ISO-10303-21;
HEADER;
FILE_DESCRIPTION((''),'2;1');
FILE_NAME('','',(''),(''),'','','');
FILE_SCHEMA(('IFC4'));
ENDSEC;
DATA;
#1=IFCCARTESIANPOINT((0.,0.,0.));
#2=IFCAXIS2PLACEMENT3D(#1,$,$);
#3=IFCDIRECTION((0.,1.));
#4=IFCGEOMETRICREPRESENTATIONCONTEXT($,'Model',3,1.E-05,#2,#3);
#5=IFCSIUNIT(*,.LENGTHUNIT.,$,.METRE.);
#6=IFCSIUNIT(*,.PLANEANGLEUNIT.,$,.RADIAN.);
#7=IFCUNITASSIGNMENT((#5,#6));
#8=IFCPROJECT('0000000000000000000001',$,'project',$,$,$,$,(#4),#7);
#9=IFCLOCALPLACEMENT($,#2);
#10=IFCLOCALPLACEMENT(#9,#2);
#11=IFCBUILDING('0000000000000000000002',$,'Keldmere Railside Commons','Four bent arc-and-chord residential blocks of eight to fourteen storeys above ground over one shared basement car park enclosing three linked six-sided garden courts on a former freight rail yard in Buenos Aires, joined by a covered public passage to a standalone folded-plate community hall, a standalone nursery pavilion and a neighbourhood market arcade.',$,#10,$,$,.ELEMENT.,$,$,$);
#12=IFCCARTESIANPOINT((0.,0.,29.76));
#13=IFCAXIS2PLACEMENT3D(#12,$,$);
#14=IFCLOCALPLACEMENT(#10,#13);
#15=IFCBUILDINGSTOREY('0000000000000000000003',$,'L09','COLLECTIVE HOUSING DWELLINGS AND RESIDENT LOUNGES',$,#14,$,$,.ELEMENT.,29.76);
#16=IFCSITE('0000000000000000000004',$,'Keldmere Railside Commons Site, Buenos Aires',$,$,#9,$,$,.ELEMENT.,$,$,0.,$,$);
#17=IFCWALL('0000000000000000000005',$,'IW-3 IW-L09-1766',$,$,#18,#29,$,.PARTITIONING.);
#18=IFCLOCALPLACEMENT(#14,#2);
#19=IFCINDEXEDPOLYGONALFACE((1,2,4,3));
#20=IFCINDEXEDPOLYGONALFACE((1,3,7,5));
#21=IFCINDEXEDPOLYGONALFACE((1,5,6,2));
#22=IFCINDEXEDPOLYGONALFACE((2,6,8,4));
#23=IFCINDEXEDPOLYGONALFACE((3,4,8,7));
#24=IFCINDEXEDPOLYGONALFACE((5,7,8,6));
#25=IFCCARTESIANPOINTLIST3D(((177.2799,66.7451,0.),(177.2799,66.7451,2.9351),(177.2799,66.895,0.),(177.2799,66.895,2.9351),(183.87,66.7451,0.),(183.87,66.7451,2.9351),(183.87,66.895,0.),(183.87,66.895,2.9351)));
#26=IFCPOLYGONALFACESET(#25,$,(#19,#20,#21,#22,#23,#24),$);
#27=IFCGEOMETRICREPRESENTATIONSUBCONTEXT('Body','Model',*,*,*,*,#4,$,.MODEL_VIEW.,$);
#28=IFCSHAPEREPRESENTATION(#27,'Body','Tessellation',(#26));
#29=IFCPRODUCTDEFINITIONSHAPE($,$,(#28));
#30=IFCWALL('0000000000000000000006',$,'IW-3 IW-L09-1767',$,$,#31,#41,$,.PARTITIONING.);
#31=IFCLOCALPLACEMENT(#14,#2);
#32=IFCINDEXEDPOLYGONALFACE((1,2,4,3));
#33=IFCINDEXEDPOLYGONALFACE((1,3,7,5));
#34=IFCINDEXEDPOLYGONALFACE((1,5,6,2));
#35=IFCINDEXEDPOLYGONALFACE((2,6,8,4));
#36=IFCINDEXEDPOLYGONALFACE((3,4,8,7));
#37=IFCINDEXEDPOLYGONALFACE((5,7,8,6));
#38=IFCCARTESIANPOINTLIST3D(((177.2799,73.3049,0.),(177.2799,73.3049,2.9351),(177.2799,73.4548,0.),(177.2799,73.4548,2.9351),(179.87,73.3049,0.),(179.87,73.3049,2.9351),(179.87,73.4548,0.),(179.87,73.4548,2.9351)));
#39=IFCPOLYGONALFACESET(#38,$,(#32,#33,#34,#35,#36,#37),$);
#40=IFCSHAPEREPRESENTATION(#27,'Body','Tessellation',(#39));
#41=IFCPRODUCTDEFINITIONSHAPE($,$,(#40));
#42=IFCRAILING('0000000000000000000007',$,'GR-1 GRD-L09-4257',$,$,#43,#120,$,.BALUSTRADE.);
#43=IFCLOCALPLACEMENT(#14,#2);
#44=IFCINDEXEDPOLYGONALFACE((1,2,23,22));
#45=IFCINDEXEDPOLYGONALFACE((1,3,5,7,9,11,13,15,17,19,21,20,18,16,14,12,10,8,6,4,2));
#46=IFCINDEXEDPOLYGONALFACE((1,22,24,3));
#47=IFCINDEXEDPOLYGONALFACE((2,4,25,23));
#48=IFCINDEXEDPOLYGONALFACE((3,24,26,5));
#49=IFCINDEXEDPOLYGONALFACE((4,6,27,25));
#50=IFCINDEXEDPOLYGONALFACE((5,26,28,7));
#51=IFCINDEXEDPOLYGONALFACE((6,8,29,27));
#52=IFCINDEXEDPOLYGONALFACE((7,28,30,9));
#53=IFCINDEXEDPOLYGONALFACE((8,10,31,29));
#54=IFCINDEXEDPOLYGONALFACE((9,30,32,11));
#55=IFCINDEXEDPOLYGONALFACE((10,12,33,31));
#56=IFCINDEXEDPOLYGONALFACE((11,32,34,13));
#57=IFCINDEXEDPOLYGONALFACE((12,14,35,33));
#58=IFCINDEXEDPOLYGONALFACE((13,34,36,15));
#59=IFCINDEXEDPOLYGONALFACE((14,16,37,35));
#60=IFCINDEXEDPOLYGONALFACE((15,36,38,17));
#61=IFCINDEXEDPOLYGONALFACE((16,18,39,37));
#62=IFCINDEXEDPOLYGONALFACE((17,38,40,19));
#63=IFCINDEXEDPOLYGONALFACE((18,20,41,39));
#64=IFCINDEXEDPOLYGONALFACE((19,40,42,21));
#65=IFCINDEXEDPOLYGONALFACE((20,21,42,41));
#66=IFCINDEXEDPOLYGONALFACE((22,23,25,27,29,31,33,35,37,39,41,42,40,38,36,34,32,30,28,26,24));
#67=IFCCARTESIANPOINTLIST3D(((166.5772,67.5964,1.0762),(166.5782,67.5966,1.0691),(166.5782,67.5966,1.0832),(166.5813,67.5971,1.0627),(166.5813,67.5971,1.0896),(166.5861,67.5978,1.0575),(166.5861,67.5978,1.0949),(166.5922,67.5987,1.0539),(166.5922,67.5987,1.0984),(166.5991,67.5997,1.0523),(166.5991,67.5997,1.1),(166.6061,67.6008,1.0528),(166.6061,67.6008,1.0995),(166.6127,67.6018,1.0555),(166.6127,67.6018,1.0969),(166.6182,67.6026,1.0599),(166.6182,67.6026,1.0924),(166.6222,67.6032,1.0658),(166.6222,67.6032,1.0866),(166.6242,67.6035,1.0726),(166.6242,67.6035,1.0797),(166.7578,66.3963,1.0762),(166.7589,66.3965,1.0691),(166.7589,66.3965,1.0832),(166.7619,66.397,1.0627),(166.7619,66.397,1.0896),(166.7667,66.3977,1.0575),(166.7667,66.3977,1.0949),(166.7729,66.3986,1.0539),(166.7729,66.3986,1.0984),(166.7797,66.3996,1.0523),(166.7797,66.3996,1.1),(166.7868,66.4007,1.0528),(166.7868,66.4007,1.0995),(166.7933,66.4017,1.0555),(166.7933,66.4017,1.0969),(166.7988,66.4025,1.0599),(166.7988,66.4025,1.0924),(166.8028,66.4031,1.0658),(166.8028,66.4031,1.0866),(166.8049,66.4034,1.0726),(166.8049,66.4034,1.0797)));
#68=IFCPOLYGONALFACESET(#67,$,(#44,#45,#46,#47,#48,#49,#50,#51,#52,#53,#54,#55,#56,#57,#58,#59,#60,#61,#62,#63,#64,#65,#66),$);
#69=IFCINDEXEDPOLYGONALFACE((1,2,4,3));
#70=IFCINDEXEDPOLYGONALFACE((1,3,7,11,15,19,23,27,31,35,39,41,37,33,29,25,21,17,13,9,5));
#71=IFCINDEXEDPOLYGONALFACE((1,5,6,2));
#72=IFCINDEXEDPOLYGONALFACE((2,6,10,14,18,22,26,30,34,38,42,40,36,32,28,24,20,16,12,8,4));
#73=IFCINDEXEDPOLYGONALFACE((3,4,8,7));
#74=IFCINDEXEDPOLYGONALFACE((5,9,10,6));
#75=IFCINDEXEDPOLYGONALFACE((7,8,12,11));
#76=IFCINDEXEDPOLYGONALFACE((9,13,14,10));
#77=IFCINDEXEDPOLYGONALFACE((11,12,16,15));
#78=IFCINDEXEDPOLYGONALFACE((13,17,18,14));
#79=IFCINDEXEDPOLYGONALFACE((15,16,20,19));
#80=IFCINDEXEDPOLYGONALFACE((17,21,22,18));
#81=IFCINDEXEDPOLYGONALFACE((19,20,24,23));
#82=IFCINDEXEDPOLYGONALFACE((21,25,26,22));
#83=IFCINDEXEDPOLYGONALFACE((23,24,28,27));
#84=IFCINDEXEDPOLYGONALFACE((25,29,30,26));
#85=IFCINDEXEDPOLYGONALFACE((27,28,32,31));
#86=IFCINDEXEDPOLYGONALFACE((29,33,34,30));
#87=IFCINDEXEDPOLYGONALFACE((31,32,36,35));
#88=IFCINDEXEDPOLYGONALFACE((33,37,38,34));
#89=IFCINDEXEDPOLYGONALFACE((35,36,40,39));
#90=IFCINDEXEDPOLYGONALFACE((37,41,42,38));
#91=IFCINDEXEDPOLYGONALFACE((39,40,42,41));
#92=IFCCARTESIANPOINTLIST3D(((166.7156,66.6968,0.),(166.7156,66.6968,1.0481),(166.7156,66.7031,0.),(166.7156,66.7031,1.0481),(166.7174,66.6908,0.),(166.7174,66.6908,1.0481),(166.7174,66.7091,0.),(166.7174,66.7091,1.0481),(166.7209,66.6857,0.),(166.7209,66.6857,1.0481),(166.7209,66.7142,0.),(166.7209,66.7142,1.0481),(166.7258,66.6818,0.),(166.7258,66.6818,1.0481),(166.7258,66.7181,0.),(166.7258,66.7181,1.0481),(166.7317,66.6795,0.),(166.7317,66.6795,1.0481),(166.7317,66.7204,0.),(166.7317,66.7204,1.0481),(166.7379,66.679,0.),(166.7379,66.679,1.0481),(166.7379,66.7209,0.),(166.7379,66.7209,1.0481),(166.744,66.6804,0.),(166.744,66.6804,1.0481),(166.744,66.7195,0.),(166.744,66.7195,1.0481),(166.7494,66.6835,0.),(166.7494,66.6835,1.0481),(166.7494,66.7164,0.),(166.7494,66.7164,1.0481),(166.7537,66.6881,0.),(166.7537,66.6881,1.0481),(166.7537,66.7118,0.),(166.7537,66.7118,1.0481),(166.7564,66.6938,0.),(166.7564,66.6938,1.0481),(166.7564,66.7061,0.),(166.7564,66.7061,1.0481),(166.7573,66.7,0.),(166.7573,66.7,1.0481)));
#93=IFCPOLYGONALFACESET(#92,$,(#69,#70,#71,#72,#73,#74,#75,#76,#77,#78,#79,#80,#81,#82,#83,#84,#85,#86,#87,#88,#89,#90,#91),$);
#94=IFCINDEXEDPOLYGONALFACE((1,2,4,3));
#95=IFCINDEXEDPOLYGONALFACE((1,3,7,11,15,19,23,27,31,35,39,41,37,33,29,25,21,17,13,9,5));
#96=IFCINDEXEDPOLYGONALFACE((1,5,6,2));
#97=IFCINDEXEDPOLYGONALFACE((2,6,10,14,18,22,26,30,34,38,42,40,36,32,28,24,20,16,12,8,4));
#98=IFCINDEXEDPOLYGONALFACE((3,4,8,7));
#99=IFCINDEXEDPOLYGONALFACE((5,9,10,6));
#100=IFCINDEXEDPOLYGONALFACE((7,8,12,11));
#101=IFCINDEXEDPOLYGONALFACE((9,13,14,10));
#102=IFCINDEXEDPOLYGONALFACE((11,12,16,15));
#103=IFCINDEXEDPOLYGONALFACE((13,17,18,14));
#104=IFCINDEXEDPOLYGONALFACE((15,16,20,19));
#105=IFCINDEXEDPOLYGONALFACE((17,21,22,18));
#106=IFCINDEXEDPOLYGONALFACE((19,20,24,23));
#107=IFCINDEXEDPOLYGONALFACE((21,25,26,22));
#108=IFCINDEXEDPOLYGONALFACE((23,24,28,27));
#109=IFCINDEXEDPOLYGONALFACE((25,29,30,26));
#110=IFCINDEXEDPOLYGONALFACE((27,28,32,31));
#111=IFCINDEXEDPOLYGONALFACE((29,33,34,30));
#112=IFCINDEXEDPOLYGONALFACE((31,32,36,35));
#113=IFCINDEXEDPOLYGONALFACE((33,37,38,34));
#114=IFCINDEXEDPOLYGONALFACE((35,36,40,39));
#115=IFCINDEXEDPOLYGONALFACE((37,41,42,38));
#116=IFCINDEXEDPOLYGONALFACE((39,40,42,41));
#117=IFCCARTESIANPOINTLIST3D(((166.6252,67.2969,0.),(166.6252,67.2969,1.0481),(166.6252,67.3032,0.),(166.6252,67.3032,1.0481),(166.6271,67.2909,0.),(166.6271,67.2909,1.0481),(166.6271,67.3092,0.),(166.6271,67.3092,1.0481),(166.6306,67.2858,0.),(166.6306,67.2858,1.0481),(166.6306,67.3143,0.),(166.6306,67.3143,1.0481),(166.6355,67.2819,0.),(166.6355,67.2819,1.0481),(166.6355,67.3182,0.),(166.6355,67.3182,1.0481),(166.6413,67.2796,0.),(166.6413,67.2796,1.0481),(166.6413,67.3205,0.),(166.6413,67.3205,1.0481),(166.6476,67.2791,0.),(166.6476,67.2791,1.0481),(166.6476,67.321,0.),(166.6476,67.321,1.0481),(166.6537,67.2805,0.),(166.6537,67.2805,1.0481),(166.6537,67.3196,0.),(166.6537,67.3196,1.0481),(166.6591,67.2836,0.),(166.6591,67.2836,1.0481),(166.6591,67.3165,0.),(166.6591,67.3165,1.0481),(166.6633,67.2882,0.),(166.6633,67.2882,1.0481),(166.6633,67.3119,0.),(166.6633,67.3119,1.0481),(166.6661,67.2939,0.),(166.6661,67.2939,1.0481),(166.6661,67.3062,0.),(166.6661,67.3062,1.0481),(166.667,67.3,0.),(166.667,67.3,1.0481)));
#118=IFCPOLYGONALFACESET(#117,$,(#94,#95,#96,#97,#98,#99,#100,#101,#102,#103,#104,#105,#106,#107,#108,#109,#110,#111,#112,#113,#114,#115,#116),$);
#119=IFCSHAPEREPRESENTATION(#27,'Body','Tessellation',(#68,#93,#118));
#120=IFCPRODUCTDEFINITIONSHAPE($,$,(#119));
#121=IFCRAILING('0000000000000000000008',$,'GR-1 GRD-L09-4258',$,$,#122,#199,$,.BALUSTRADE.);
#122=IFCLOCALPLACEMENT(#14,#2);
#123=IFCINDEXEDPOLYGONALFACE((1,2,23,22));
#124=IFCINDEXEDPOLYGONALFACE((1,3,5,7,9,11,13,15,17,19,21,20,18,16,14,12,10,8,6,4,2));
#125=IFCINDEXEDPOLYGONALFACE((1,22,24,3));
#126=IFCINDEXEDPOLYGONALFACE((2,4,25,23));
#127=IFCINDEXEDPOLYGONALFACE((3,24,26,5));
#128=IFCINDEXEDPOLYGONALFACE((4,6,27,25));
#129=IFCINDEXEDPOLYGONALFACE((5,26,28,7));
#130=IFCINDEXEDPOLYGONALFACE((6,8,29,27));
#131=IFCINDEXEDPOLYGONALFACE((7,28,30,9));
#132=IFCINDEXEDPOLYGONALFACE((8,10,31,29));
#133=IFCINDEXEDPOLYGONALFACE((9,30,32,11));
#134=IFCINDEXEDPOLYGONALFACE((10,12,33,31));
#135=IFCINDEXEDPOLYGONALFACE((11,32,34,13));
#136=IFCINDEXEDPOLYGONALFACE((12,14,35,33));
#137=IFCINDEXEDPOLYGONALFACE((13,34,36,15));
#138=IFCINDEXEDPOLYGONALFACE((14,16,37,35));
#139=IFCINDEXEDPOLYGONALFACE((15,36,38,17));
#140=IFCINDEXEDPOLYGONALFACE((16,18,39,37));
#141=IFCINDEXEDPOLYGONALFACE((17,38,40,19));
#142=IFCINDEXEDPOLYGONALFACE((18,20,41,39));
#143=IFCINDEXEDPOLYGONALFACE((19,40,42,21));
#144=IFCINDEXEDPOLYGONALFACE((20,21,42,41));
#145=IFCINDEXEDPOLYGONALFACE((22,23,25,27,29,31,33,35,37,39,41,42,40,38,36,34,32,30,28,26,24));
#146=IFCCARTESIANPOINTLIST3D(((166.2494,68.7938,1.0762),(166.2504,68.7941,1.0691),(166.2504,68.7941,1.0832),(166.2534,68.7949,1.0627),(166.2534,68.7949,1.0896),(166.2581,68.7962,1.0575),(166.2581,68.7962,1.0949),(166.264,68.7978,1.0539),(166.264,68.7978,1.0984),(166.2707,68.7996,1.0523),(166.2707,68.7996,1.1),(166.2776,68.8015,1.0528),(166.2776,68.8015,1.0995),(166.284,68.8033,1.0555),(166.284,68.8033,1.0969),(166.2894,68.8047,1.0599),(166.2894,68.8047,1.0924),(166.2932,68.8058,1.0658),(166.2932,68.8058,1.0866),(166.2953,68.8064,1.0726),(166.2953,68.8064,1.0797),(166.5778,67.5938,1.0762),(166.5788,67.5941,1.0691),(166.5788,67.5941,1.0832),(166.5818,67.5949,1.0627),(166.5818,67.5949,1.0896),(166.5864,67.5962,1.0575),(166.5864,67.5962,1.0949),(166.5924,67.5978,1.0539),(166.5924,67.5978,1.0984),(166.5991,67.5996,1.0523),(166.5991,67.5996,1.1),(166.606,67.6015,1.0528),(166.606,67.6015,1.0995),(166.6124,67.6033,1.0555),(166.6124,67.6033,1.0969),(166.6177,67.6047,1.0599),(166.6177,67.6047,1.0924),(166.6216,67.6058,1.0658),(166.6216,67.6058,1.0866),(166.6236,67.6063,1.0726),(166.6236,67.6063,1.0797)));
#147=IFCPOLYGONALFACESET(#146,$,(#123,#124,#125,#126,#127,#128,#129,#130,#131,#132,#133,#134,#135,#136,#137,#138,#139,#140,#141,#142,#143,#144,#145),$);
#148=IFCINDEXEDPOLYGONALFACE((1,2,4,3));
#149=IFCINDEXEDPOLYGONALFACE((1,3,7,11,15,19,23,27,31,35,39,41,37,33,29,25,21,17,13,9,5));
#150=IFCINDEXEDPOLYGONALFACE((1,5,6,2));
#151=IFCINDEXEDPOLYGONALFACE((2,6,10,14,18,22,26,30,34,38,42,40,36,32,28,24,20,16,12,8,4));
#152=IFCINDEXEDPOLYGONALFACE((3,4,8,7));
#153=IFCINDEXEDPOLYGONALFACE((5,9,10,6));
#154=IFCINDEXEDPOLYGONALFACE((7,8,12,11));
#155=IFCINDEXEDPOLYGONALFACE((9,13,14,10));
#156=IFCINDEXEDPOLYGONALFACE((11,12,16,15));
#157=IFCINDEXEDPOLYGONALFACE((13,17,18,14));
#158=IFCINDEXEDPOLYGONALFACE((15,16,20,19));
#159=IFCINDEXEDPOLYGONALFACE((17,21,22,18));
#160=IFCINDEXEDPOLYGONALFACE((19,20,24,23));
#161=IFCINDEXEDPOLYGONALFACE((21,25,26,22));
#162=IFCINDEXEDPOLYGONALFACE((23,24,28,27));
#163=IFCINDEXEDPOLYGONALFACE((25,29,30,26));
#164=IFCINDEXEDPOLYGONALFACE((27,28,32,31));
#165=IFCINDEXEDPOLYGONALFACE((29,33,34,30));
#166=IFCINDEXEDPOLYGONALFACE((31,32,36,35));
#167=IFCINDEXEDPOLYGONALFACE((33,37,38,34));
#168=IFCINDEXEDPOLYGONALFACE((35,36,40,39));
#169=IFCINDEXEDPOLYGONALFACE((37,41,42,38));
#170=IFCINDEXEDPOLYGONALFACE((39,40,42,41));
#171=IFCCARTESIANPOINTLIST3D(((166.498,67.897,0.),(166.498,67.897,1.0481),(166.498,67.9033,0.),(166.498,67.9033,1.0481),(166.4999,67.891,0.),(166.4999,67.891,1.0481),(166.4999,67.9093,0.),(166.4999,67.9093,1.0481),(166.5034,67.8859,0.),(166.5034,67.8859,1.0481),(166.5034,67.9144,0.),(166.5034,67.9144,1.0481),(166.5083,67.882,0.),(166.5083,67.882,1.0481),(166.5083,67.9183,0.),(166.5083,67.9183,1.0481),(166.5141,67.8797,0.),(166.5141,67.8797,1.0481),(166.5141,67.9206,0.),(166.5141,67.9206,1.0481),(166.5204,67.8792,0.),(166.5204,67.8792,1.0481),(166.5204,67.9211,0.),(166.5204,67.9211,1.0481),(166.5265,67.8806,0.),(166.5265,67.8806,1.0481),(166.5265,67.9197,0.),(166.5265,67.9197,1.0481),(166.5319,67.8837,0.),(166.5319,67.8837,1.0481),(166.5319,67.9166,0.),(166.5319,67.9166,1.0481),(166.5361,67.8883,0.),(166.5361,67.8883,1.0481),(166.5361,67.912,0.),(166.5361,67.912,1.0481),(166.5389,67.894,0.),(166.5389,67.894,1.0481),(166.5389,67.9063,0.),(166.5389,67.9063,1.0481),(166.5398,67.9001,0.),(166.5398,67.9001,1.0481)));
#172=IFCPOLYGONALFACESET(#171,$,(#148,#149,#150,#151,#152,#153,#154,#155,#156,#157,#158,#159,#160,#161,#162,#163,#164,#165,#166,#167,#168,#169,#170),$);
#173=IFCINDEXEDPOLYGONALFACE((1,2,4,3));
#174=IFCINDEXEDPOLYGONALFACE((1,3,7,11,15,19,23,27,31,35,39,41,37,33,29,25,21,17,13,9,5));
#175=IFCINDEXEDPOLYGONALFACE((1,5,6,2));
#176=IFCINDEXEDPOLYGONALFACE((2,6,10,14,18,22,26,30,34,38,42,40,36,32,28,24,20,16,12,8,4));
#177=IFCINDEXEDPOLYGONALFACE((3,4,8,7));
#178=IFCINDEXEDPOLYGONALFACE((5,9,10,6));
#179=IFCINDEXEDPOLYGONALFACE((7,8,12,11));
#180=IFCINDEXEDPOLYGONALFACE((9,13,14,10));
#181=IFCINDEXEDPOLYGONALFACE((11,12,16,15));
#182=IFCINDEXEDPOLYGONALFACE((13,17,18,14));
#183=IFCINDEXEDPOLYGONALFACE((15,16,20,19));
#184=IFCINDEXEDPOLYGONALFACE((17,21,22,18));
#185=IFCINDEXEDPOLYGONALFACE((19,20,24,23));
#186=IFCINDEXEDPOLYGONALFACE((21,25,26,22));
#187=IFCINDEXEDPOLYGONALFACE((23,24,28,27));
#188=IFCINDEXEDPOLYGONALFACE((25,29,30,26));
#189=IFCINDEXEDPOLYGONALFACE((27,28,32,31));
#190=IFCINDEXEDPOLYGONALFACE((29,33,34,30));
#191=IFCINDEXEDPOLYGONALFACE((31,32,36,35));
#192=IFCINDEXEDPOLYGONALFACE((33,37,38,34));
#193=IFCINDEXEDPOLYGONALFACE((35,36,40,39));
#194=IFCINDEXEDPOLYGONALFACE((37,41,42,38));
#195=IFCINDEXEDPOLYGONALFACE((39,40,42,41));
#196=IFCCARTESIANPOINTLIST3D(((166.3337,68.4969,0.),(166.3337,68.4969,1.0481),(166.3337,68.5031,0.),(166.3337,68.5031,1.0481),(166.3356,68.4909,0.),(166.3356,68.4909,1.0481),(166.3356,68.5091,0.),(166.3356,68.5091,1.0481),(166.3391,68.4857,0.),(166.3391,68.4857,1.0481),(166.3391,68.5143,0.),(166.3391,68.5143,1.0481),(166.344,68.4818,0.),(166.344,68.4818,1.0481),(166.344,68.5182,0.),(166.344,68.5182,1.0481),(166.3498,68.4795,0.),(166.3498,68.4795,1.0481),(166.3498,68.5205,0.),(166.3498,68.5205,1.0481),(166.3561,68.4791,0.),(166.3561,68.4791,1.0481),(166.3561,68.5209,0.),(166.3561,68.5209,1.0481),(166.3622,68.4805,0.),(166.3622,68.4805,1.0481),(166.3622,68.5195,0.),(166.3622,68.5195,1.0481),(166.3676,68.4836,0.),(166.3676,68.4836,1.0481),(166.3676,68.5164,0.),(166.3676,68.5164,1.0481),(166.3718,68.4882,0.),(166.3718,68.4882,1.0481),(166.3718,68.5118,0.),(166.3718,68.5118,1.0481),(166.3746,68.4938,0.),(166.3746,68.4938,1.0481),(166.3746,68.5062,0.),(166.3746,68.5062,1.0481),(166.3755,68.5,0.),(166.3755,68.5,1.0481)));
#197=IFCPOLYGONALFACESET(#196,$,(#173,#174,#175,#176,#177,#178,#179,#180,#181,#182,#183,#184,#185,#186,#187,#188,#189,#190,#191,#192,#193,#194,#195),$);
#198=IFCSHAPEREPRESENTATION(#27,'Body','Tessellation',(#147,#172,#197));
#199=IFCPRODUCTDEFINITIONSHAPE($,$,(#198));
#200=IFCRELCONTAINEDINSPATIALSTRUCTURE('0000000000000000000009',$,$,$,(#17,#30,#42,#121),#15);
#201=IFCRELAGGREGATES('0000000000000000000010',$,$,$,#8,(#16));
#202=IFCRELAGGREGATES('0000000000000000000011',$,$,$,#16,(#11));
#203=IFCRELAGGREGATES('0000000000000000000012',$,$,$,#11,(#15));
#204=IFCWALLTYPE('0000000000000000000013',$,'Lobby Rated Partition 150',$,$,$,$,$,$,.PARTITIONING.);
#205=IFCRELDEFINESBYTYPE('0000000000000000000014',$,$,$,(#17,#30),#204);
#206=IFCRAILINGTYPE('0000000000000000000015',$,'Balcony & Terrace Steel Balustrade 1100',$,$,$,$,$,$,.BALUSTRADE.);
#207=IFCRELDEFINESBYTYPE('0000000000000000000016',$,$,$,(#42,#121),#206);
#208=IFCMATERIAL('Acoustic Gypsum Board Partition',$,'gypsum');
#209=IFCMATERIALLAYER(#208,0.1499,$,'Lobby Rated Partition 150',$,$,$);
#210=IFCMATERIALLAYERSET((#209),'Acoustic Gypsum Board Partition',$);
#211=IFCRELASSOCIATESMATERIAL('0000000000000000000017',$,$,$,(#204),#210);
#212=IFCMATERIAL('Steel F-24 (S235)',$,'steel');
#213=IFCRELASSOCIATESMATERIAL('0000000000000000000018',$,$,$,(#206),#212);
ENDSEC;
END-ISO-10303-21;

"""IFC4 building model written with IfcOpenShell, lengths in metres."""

from ifc_helpers import new_model, si_unit, direction, frame, frame_2d, origin, origin_2d, place, context, subcontext, project, spatial, rectangle, circle, extrude, material, layer, layer_set, type_object, element, save


model = new_model("IFC4")

# Units and contexts
model_context = context("Model", 3, precision=1e-05, world=origin(), true_north=direction((0.0, 1.0)))
body_context = subcontext(model_context, "Body", "Model", "MODEL_VIEW")
ifc_project = project(units=[si_unit("LENGTHUNIT", "METRE"), si_unit("PLANEANGLEUNIT", "RADIAN")], contexts=[model_context])

# Site, building, storey
site_placement = place(None, origin())
site = spatial("IfcSite", under=ifc_project, at=site_placement, Name="Keldmere Railside Commons Site, Buenos Aires", CompositionType="ELEMENT", RefElevation=0.0)
building_placement = place(site_placement, origin())
building = spatial("IfcBuilding", under=site, at=building_placement, Name="Keldmere Railside Commons", Description="Four bent arc-and-chord residential blocks of eight to fourteen storeys above ground over one shared basement car park enclosing three linked six-sided garden courts on a former freight rail yard in Buenos Aires, joined by a covered public passage to a standalone folded-plate community hall, a standalone nursery pavilion and a neighbourhood market arcade.", CompositionType="ELEMENT")
storey_placement = place(building_placement, frame((0.0, 0.0, 29.76)))
storey = spatial("IfcBuildingStorey", under=building, at=storey_placement, Name="L09", Description="COLLECTIVE HOUSING DWELLINGS AND RESIDENT LOUNGES", CompositionType="ELEMENT", Elevation=29.76)

# Shared definitions
ifc_material_1 = material(Name="Acoustic Gypsum Board Partition", Category="gypsum")

# Walls
ifc_layer_1 = layer(ifc_material_1, 0.1499, Name="Lobby Rated Partition 150")
ifc_layer_set_1 = layer_set([ifc_layer_1], Name="Acoustic Gypsum Board Partition")
wall_type_1 = type_object("IfcWallType", Name="Lobby Rated Partition 150", PredefinedType="PARTITIONING", material=ifc_layer_set_1)
wall_1_placement = place(storey_placement, frame((177.28, 66.8201, 0.0), z_axis=(0.0, 0.0, 1.0), x_axis=(1.0, 0.0, 0.0)))
element("IfcWall", 1, at=wall_1_placement, inside=storey, type_object=wall_type_1, Name="IW-3 IW-L09-1766", PredefinedType="PARTITIONING", context=body_context, shape_type="SweptSolid", body=[
    extrude(rectangle(XDim=6.5901, YDim=0.1499, at=frame_2d((3.2949, 0.0))), origin(), (0.0, 0.0, 1.0), 2.9351),
])
wall_2_placement = place(storey_placement, frame((177.28, 73.3799, 0.0), z_axis=(0.0, 0.0, 1.0), x_axis=(1.0, 0.0, 0.0)))
element("IfcWall", 2, at=wall_2_placement, inside=storey, type_object=wall_type_1, Name="IW-3 IW-L09-1767", PredefinedType="PARTITIONING", context=body_context, shape_type="SweptSolid", body=[
    extrude(rectangle(XDim=2.5901, YDim=0.1499, at=frame_2d((1.2949, 0.0))), origin(), (0.0, 0.0, 1.0), 2.9351),
])

# Railings
ifc_material_2 = material(Name="Steel F-24 (S235)", Category="steel")
railing_type = type_object("IfcRailingType", Name="Balcony & Terrace Steel Balustrade 1100", PredefinedType="BALUSTRADE", material=ifc_material_2)
railing_1_placement = place(storey_placement, frame((166.7815, 66.3999, 0.0)))
element("IfcRailing", 3, at=railing_1_placement, inside=storey, type_object=railing_type, Name="GR-1 GRD-L09-4257", PredefinedType="BALUSTRADE", context=body_context, shape_type="SweptSolid", body=[
    extrude(circle(Radius=0.0239, at=origin_2d()), frame((0.0, 0.0, 1.0762), z_axis=(-0.148852, 0.988859, 0.0), x_axis=(-0.988859, -0.148852, 0.0)), (0.0, 0.0, 1.0), 1.2136),
    extrude(circle(Radius=0.021, at=origin_2d()), frame((-0.0452, 0.3, 0.0)), (0.0, 0.0, 1.0), 1.0481),
    extrude(circle(Radius=0.021, at=origin_2d()), frame((-0.1355, 0.9001, 0.0)), (0.0, 0.0, 1.0), 1.0481),
])
railing_2_placement = place(storey_placement, frame((166.6008, 67.6001, 0.0)))
element("IfcRailing", 4, at=railing_2_placement, inside=storey, type_object=railing_type, Name="GR-1 GRD-L09-4258", PredefinedType="BALUSTRADE", context=body_context, shape_type="SweptSolid", body=[
    extrude(circle(Radius=0.0239, at=origin_2d()), frame((0.0, 0.0, 1.0762), z_axis=(-0.263948, 0.964537, 0.0), x_axis=(-0.964537, -0.263948, 0.0)), (0.0, 0.0, 1.0), 1.2441),
    extrude(circle(Radius=0.021, at=origin_2d()), frame((-0.082, 0.3, 0.0)), (0.0, 0.0, 1.0), 1.0481),
    extrude(circle(Radius=0.021, at=origin_2d()), frame((-0.2463, 0.8999, 0.0)), (0.0, 0.0, 1.0), 1.0481),
])

save(model, "model.ifc")
